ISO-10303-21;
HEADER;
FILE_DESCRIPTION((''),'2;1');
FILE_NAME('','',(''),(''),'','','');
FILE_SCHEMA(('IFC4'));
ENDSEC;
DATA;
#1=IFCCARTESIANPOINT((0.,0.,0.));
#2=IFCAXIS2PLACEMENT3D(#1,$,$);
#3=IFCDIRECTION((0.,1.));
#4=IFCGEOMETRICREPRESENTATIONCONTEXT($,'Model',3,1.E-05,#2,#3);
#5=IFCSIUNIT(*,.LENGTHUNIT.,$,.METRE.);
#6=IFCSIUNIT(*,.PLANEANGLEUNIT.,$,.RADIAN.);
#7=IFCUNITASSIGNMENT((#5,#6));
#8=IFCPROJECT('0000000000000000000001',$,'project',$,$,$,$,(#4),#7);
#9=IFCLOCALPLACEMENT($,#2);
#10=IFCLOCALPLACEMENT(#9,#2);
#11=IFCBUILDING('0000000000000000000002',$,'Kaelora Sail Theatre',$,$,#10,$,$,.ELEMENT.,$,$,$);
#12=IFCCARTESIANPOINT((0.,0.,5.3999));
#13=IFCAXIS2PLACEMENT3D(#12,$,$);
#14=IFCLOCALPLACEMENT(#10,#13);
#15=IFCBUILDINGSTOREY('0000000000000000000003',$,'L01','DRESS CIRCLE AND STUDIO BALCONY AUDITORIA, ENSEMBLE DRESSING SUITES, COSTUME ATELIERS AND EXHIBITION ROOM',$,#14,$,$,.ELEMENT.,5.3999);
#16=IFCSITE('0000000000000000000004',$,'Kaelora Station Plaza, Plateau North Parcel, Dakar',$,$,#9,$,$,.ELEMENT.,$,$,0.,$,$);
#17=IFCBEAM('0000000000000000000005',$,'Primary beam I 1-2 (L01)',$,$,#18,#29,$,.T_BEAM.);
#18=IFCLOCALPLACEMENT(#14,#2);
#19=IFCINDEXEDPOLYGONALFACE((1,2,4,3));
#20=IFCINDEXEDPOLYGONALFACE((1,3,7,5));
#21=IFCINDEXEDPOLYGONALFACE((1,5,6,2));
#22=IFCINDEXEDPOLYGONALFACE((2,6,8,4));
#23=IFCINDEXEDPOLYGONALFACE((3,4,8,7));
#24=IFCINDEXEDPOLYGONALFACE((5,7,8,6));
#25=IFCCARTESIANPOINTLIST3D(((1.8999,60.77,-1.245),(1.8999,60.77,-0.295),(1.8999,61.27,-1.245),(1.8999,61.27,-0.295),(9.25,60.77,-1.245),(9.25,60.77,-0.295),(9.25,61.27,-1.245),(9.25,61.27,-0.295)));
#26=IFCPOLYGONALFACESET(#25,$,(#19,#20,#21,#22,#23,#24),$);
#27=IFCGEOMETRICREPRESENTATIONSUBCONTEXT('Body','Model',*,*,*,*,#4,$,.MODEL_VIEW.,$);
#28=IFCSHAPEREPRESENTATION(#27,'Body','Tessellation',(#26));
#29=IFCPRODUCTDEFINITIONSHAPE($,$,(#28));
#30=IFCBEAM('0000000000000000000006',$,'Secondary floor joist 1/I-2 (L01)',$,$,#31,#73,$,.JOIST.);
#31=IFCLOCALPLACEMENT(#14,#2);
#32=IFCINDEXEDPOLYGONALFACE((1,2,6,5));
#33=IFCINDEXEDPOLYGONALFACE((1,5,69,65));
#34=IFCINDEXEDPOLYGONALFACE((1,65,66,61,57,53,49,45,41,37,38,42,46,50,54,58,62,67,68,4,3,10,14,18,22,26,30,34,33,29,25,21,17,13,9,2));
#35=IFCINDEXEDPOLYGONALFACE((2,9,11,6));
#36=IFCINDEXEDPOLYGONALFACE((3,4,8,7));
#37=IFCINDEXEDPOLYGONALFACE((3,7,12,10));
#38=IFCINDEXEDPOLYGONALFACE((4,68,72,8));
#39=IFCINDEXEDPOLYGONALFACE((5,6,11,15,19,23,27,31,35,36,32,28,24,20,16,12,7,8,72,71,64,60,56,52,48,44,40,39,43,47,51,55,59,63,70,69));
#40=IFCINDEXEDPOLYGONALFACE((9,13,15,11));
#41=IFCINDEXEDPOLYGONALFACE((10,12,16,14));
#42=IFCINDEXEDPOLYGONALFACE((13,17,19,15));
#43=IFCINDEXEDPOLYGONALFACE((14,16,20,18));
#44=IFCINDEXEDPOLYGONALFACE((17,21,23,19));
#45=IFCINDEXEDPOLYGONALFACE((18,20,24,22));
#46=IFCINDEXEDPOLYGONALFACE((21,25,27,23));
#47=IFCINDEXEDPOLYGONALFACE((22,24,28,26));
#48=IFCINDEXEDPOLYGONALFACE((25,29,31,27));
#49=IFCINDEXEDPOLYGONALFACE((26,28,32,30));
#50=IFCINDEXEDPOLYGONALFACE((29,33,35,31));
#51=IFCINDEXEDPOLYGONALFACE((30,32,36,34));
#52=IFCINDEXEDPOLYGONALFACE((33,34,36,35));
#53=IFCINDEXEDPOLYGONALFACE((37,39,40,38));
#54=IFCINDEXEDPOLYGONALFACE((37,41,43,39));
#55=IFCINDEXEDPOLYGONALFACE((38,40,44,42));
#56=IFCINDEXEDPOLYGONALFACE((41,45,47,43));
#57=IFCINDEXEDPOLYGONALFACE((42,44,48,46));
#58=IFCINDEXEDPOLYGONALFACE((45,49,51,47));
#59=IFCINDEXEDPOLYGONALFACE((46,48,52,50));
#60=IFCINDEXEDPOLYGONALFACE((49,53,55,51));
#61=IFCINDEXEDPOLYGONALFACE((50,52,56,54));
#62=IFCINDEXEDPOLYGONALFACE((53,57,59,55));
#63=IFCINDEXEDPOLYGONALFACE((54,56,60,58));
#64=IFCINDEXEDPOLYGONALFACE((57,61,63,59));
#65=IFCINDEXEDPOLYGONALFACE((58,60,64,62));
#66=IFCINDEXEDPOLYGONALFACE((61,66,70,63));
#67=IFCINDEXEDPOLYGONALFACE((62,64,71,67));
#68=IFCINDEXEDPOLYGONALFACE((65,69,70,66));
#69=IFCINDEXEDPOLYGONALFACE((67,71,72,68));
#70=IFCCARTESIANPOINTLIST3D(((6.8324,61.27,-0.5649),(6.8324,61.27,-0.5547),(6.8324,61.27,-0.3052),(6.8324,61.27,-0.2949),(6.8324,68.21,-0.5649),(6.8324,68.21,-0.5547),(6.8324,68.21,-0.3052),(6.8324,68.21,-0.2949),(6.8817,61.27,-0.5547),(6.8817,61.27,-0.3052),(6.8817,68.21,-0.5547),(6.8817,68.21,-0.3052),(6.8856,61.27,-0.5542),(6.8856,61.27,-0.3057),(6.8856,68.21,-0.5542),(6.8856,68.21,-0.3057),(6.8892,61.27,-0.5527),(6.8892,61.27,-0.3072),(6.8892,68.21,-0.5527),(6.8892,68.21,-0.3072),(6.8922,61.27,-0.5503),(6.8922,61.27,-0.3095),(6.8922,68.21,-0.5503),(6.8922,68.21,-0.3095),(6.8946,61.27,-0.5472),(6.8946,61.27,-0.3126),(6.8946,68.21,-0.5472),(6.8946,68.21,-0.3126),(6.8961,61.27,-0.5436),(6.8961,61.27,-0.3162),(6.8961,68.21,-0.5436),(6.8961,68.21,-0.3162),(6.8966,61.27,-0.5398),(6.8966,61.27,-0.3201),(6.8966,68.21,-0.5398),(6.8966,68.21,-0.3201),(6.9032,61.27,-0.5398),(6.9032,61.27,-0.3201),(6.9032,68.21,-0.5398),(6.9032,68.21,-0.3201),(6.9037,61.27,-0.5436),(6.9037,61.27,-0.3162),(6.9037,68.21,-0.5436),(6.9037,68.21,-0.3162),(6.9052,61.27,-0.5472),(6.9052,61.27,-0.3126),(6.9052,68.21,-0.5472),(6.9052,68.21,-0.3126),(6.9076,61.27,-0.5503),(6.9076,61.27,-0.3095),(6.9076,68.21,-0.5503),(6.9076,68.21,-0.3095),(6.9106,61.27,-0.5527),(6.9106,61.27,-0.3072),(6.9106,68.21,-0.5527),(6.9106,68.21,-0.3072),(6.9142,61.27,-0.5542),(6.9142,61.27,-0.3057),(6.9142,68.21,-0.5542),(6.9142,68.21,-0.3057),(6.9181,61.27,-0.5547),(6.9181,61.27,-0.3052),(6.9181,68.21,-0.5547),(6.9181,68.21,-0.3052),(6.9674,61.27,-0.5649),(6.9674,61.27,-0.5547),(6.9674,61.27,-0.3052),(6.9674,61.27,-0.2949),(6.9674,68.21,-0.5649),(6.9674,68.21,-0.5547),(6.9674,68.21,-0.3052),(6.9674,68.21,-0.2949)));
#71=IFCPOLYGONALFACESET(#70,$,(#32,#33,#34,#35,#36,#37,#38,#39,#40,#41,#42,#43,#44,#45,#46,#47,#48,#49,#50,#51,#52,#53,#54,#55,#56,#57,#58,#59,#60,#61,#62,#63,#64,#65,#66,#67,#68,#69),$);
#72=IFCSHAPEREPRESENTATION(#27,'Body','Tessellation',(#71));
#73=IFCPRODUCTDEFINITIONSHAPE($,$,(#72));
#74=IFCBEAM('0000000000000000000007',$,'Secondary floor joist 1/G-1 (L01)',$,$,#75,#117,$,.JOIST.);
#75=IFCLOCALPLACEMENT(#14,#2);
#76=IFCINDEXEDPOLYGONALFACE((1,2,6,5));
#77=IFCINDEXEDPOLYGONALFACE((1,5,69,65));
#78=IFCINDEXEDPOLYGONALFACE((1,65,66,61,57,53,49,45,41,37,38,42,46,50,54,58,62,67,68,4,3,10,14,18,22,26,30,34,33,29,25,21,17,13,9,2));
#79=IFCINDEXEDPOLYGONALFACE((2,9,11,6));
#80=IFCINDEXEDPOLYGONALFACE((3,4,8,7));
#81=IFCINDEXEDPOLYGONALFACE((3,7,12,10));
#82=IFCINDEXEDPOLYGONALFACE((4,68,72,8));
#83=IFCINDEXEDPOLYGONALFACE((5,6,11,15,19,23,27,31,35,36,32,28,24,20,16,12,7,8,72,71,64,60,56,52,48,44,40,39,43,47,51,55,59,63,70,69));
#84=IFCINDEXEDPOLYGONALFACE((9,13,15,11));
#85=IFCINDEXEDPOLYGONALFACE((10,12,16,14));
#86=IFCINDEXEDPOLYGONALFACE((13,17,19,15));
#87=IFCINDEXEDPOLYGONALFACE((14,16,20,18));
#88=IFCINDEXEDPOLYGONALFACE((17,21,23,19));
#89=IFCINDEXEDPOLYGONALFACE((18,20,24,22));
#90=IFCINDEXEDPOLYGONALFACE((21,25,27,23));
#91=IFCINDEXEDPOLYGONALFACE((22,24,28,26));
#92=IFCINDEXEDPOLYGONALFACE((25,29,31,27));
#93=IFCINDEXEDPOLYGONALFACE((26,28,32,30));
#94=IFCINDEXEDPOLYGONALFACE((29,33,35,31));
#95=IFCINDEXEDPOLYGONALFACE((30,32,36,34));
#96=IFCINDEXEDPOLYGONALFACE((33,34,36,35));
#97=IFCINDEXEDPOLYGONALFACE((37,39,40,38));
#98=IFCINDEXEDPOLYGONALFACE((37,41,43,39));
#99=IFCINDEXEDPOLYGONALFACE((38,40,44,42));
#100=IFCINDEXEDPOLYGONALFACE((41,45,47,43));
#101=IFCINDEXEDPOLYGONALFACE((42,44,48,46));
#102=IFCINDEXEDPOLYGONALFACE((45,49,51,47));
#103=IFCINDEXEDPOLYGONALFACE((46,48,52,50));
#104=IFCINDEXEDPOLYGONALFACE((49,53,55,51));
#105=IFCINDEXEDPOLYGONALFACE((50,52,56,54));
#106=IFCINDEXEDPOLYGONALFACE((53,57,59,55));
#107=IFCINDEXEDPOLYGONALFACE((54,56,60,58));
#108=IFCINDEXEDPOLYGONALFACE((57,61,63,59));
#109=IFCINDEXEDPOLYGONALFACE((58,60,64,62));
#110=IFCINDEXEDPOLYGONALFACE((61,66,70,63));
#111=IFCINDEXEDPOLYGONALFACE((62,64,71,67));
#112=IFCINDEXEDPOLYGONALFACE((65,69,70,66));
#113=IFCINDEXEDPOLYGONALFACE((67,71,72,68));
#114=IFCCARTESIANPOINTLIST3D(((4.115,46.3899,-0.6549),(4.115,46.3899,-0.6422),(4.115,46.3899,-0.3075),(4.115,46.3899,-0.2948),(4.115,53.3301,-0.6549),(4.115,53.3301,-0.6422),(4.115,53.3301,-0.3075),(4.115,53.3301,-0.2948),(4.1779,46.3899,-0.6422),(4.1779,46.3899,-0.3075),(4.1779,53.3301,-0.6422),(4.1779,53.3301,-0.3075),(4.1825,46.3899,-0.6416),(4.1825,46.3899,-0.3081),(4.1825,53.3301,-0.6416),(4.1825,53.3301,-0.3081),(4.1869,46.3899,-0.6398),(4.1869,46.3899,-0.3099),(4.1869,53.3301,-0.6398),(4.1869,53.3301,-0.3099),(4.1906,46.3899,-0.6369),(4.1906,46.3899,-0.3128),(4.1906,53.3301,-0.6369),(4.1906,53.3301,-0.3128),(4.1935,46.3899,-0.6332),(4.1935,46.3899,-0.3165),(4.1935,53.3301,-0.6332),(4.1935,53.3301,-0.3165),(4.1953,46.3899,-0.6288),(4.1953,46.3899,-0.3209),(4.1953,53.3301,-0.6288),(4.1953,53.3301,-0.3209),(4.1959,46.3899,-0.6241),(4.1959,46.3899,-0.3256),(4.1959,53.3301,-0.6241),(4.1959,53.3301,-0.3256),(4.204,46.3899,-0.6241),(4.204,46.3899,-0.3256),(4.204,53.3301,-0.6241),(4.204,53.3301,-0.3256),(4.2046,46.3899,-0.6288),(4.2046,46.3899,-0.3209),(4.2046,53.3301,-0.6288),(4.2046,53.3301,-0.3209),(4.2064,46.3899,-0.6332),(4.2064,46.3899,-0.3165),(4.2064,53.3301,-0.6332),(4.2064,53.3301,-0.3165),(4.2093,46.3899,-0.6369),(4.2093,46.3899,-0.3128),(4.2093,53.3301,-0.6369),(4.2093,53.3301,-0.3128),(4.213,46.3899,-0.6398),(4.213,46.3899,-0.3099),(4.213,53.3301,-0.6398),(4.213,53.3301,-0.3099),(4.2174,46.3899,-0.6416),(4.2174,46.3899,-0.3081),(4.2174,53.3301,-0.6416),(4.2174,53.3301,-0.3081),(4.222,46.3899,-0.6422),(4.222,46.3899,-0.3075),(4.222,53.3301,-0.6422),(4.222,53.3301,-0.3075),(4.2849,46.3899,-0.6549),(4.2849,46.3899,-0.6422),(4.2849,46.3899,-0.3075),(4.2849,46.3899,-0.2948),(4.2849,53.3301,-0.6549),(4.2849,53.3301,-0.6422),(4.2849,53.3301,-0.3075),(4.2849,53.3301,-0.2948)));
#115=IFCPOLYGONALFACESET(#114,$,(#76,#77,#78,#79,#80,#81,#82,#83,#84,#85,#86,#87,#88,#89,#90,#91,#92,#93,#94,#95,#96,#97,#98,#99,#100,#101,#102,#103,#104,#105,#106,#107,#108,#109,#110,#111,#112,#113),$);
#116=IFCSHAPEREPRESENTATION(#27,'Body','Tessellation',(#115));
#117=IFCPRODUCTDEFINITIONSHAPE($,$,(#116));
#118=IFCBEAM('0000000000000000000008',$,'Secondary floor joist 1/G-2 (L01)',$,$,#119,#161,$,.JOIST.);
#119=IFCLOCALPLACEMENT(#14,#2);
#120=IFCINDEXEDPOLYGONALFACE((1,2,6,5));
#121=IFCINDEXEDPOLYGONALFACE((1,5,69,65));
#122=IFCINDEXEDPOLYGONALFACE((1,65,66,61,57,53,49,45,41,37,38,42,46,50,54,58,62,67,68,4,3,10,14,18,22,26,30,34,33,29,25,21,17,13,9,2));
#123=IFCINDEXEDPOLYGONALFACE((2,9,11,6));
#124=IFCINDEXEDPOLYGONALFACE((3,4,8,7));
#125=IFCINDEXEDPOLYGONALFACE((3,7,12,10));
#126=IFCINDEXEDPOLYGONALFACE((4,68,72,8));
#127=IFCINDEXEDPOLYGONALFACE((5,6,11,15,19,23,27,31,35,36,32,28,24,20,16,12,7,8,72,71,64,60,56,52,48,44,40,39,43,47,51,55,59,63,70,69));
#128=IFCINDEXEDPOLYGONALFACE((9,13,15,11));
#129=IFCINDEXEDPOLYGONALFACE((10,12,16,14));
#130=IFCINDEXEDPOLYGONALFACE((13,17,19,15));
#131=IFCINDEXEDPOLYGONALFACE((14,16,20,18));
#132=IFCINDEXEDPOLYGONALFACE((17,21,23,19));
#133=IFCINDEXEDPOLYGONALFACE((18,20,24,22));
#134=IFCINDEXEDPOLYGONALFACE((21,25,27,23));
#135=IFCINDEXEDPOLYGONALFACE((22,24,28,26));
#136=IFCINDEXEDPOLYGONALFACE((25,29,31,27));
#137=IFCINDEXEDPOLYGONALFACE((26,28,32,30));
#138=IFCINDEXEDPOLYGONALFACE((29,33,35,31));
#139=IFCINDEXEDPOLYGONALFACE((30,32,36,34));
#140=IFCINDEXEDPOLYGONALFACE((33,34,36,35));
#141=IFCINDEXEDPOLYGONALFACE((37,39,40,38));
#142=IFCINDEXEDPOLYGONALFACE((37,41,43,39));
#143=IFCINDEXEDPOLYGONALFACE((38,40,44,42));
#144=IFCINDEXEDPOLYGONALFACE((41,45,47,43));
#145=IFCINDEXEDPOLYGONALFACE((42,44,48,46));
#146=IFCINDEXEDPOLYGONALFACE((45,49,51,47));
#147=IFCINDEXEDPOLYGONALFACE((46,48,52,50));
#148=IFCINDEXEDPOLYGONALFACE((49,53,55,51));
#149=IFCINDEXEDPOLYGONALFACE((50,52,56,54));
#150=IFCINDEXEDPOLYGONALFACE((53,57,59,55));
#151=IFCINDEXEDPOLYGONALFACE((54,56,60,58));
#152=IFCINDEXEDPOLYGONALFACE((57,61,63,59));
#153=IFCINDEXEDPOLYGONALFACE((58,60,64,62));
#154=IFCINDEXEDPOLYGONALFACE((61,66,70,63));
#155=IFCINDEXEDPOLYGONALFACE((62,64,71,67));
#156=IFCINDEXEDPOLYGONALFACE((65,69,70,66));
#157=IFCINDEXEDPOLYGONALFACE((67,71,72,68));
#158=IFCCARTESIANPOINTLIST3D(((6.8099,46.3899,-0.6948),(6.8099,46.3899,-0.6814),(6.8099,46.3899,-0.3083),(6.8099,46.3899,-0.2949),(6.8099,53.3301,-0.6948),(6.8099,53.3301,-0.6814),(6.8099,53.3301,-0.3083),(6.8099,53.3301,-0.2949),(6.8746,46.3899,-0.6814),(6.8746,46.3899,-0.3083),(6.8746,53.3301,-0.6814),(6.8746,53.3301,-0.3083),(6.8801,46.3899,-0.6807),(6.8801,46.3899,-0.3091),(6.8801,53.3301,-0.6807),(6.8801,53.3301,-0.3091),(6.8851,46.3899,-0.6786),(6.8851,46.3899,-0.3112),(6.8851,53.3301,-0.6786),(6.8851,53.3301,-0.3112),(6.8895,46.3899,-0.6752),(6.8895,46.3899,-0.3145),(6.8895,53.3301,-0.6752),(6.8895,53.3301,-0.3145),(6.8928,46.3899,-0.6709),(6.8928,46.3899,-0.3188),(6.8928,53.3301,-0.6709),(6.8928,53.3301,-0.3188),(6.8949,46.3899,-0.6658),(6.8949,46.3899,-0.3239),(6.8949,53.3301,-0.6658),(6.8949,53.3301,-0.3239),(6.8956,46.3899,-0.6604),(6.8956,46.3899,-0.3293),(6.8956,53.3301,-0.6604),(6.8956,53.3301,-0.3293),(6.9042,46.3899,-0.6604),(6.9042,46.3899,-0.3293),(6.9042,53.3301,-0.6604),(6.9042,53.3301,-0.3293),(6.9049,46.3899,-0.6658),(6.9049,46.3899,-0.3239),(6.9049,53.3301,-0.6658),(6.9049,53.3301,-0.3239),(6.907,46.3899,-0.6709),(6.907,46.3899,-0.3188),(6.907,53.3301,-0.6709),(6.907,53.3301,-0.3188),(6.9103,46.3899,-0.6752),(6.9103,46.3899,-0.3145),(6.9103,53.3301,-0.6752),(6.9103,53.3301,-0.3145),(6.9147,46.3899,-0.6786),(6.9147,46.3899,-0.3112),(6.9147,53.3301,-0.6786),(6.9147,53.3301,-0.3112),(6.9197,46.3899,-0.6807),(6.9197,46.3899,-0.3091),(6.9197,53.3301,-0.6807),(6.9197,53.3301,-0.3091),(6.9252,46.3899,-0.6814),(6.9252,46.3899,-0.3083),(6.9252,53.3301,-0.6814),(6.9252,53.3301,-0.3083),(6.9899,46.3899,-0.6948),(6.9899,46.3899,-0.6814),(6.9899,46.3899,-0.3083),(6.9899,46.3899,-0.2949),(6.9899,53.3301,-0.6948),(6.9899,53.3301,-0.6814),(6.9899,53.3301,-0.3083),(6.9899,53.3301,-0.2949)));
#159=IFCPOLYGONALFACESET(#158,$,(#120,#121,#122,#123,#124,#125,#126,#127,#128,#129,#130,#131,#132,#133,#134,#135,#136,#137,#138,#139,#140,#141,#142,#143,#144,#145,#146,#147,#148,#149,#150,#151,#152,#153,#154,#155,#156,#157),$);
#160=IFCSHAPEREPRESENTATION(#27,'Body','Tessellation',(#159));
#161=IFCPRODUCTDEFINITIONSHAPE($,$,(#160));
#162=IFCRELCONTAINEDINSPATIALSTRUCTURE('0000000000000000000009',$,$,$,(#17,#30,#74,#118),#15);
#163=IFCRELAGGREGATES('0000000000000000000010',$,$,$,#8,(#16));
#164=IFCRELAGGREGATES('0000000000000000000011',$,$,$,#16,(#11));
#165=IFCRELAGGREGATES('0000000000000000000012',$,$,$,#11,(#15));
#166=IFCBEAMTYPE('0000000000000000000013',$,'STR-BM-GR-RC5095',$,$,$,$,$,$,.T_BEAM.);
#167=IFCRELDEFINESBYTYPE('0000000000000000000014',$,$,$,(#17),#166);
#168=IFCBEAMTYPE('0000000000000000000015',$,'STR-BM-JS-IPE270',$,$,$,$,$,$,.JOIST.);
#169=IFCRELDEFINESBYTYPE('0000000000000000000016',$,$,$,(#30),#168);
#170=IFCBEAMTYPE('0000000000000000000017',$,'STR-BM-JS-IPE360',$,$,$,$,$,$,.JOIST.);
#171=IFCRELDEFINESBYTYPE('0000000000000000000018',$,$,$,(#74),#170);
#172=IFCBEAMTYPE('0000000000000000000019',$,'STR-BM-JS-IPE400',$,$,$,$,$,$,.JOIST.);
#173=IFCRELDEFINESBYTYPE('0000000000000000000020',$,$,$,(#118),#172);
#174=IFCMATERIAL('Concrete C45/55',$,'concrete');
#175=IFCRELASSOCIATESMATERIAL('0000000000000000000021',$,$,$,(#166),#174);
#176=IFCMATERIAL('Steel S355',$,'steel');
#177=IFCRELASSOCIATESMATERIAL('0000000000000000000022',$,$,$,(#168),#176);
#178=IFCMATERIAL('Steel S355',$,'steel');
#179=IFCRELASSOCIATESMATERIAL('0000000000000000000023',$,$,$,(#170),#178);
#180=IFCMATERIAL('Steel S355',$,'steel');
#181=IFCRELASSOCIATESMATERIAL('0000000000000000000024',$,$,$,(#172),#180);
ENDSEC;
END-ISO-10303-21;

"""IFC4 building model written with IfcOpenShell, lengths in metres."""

from ifc_helpers import new_model, si_unit, direction, frame, origin, origin_2d, place, context, subcontext, project, spatial, rectangle, i_section, extrude, material, material_profile, profile_set, type_object, element, save


model = new_model("IFC4")

# Units and contexts
model_context = context("Model", 3, precision=1e-05, world=origin(), true_north=direction((0.0, 1.0)))
body_context = subcontext(model_context, "Body", "Model", "MODEL_VIEW")
ifc_project = project(units=[si_unit("LENGTHUNIT", "METRE"), si_unit("PLANEANGLEUNIT", "RADIAN")], contexts=[model_context])

# Site, building, storey
site_placement = place(None, origin())
site = spatial("IfcSite", under=ifc_project, at=site_placement, Name="Kaelora Station Plaza, Plateau North Parcel, Dakar", CompositionType="ELEMENT", RefElevation=0.0)
building_placement = place(site_placement, origin())
building = spatial("IfcBuilding", under=site, at=building_placement, Name="Kaelora Sail Theatre", CompositionType="ELEMENT")
storey_placement = place(building_placement, frame((0.0, 0.0, 5.3999)))
storey = spatial("IfcBuildingStorey", under=building, at=storey_placement, Name="L01", Description="DRESS CIRCLE AND STUDIO BALCONY AUDITORIA, ENSEMBLE DRESSING SUITES, COSTUME ATELIERS AND EXHIBITION ROOM", CompositionType="ELEMENT", Elevation=5.3999)

# Beams
ifc_material_1 = material(Name="Concrete C45/55", Category="concrete")
ifc_material_profile_1 = material_profile(ifc_material_1, rectangle(XDim=0.5, YDim=0.95, at=origin_2d()), Name="RC-GRD 500x950")
ifc_profile_set_1 = profile_set([ifc_material_profile_1], Name="Concrete C45/55")
beam_type_1 = type_object("IfcBeamType", Name="STR-BM-GR-RC5095", PredefinedType="T_BEAM", material=ifc_profile_set_1)
beam_1_placement = place(storey_placement, frame((1.8999, 61.02, -0.77), z_axis=(1.0, 0.0, 0.0), x_axis=(0.0, 1.0, 0.0)))
element("IfcBeam", 1, at=beam_1_placement, inside=storey, type_object=beam_type_1, Name="Primary beam I 1-2 (L01)", PredefinedType="T_BEAM", context=body_context, shape_type="SweptSolid", body=[
    extrude(rectangle(XDim=0.5, YDim=0.95, at=origin_2d()), origin(), (0.0, 0.0, 1.0), 7.3501),
])
ifc_material_2 = material(Name="Steel S355", Category="steel")
ifc_material_profile_2 = material_profile(ifc_material_2, i_section(OverallWidth=0.135, OverallDepth=0.27, WebThickness=0.0066, FlangeThickness=0.0103, FilletRadius=0.0149, at=origin_2d()), Name="IPE 270")
ifc_profile_set_2 = profile_set([ifc_material_profile_2], Name="Steel S355")
beam_type_2 = type_object("IfcBeamType", Name="STR-BM-JS-IPE270", PredefinedType="JOIST", material=ifc_profile_set_2)
beam_2_placement = place(storey_placement, frame((6.8999, 61.27, -0.4299), z_axis=(0.0, 1.0, 0.0), x_axis=(-1.0, 0.0, 0.0)))
element("IfcBeam", 2, at=beam_2_placement, inside=storey, type_object=beam_type_2, Name="Secondary floor joist 1/I-2 (L01)", PredefinedType="JOIST", context=body_context, shape_type="SweptSolid", body=[
    extrude(i_section(OverallWidth=0.135, OverallDepth=0.27, WebThickness=0.0066, FlangeThickness=0.0103, FilletRadius=0.0149, at=origin_2d()), origin(), (0.0, 0.0, 1.0), 6.9399),
])
ifc_material_3 = material(Name="Steel S355", Category="steel")
ifc_material_profile_3 = material_profile(ifc_material_3, i_section(OverallWidth=0.1699, OverallDepth=0.3601, WebThickness=0.0081, FlangeThickness=0.0127, FilletRadius=0.0181, at=origin_2d()), Name="IPE 360")
ifc_profile_set_3 = profile_set([ifc_material_profile_3], Name="Steel S355")
beam_type_3 = type_object("IfcBeamType", Name="STR-BM-JS-IPE360", PredefinedType="JOIST", material=ifc_profile_set_3)
beam_3_placement = place(storey_placement, frame((4.2, 46.3899, -0.4749), z_axis=(0.0, 1.0, 0.0), x_axis=(-1.0, 0.0, 0.0)))
element("IfcBeam", 3, at=beam_3_placement, inside=storey, type_object=beam_type_3, Name="Secondary floor joist 1/G-1 (L01)", PredefinedType="JOIST", context=body_context, shape_type="SweptSolid", body=[
    extrude(i_section(OverallWidth=0.1699, OverallDepth=0.3601, WebThickness=0.0081, FlangeThickness=0.0127, FilletRadius=0.0181, at=origin_2d()), origin(), (0.0, 0.0, 1.0), 6.9402),
])
ifc_material_4 = material(Name="Steel S355", Category="steel")
ifc_material_profile_4 = material_profile(ifc_material_4, i_section(OverallWidth=0.1799, OverallDepth=0.3999, WebThickness=0.0085, FlangeThickness=0.0134, FilletRadius=0.021, at=origin_2d()), Name="IPE 400")
ifc_profile_set_4 = profile_set([ifc_material_profile_4], Name="Steel S355")
beam_type_4 = type_object("IfcBeamType", Name="STR-BM-JS-IPE400", PredefinedType="JOIST", material=ifc_profile_set_4)
beam_4_placement = place(storey_placement, frame((6.8999, 46.3899, -0.4949), z_axis=(0.0, 1.0, 0.0), x_axis=(-1.0, 0.0, 0.0)))
element("IfcBeam", 4, at=beam_4_placement, inside=storey, type_object=beam_type_4, Name="Secondary floor joist 1/G-2 (L01)", PredefinedType="JOIST", context=body_context, shape_type="SweptSolid", body=[
    extrude(i_section(OverallWidth=0.1799, OverallDepth=0.3999, WebThickness=0.0085, FlangeThickness=0.0134, FilletRadius=0.021, at=origin_2d()), origin(), (0.0, 0.0, 1.0), 6.9402),
])

save(model, "model.ifc")
